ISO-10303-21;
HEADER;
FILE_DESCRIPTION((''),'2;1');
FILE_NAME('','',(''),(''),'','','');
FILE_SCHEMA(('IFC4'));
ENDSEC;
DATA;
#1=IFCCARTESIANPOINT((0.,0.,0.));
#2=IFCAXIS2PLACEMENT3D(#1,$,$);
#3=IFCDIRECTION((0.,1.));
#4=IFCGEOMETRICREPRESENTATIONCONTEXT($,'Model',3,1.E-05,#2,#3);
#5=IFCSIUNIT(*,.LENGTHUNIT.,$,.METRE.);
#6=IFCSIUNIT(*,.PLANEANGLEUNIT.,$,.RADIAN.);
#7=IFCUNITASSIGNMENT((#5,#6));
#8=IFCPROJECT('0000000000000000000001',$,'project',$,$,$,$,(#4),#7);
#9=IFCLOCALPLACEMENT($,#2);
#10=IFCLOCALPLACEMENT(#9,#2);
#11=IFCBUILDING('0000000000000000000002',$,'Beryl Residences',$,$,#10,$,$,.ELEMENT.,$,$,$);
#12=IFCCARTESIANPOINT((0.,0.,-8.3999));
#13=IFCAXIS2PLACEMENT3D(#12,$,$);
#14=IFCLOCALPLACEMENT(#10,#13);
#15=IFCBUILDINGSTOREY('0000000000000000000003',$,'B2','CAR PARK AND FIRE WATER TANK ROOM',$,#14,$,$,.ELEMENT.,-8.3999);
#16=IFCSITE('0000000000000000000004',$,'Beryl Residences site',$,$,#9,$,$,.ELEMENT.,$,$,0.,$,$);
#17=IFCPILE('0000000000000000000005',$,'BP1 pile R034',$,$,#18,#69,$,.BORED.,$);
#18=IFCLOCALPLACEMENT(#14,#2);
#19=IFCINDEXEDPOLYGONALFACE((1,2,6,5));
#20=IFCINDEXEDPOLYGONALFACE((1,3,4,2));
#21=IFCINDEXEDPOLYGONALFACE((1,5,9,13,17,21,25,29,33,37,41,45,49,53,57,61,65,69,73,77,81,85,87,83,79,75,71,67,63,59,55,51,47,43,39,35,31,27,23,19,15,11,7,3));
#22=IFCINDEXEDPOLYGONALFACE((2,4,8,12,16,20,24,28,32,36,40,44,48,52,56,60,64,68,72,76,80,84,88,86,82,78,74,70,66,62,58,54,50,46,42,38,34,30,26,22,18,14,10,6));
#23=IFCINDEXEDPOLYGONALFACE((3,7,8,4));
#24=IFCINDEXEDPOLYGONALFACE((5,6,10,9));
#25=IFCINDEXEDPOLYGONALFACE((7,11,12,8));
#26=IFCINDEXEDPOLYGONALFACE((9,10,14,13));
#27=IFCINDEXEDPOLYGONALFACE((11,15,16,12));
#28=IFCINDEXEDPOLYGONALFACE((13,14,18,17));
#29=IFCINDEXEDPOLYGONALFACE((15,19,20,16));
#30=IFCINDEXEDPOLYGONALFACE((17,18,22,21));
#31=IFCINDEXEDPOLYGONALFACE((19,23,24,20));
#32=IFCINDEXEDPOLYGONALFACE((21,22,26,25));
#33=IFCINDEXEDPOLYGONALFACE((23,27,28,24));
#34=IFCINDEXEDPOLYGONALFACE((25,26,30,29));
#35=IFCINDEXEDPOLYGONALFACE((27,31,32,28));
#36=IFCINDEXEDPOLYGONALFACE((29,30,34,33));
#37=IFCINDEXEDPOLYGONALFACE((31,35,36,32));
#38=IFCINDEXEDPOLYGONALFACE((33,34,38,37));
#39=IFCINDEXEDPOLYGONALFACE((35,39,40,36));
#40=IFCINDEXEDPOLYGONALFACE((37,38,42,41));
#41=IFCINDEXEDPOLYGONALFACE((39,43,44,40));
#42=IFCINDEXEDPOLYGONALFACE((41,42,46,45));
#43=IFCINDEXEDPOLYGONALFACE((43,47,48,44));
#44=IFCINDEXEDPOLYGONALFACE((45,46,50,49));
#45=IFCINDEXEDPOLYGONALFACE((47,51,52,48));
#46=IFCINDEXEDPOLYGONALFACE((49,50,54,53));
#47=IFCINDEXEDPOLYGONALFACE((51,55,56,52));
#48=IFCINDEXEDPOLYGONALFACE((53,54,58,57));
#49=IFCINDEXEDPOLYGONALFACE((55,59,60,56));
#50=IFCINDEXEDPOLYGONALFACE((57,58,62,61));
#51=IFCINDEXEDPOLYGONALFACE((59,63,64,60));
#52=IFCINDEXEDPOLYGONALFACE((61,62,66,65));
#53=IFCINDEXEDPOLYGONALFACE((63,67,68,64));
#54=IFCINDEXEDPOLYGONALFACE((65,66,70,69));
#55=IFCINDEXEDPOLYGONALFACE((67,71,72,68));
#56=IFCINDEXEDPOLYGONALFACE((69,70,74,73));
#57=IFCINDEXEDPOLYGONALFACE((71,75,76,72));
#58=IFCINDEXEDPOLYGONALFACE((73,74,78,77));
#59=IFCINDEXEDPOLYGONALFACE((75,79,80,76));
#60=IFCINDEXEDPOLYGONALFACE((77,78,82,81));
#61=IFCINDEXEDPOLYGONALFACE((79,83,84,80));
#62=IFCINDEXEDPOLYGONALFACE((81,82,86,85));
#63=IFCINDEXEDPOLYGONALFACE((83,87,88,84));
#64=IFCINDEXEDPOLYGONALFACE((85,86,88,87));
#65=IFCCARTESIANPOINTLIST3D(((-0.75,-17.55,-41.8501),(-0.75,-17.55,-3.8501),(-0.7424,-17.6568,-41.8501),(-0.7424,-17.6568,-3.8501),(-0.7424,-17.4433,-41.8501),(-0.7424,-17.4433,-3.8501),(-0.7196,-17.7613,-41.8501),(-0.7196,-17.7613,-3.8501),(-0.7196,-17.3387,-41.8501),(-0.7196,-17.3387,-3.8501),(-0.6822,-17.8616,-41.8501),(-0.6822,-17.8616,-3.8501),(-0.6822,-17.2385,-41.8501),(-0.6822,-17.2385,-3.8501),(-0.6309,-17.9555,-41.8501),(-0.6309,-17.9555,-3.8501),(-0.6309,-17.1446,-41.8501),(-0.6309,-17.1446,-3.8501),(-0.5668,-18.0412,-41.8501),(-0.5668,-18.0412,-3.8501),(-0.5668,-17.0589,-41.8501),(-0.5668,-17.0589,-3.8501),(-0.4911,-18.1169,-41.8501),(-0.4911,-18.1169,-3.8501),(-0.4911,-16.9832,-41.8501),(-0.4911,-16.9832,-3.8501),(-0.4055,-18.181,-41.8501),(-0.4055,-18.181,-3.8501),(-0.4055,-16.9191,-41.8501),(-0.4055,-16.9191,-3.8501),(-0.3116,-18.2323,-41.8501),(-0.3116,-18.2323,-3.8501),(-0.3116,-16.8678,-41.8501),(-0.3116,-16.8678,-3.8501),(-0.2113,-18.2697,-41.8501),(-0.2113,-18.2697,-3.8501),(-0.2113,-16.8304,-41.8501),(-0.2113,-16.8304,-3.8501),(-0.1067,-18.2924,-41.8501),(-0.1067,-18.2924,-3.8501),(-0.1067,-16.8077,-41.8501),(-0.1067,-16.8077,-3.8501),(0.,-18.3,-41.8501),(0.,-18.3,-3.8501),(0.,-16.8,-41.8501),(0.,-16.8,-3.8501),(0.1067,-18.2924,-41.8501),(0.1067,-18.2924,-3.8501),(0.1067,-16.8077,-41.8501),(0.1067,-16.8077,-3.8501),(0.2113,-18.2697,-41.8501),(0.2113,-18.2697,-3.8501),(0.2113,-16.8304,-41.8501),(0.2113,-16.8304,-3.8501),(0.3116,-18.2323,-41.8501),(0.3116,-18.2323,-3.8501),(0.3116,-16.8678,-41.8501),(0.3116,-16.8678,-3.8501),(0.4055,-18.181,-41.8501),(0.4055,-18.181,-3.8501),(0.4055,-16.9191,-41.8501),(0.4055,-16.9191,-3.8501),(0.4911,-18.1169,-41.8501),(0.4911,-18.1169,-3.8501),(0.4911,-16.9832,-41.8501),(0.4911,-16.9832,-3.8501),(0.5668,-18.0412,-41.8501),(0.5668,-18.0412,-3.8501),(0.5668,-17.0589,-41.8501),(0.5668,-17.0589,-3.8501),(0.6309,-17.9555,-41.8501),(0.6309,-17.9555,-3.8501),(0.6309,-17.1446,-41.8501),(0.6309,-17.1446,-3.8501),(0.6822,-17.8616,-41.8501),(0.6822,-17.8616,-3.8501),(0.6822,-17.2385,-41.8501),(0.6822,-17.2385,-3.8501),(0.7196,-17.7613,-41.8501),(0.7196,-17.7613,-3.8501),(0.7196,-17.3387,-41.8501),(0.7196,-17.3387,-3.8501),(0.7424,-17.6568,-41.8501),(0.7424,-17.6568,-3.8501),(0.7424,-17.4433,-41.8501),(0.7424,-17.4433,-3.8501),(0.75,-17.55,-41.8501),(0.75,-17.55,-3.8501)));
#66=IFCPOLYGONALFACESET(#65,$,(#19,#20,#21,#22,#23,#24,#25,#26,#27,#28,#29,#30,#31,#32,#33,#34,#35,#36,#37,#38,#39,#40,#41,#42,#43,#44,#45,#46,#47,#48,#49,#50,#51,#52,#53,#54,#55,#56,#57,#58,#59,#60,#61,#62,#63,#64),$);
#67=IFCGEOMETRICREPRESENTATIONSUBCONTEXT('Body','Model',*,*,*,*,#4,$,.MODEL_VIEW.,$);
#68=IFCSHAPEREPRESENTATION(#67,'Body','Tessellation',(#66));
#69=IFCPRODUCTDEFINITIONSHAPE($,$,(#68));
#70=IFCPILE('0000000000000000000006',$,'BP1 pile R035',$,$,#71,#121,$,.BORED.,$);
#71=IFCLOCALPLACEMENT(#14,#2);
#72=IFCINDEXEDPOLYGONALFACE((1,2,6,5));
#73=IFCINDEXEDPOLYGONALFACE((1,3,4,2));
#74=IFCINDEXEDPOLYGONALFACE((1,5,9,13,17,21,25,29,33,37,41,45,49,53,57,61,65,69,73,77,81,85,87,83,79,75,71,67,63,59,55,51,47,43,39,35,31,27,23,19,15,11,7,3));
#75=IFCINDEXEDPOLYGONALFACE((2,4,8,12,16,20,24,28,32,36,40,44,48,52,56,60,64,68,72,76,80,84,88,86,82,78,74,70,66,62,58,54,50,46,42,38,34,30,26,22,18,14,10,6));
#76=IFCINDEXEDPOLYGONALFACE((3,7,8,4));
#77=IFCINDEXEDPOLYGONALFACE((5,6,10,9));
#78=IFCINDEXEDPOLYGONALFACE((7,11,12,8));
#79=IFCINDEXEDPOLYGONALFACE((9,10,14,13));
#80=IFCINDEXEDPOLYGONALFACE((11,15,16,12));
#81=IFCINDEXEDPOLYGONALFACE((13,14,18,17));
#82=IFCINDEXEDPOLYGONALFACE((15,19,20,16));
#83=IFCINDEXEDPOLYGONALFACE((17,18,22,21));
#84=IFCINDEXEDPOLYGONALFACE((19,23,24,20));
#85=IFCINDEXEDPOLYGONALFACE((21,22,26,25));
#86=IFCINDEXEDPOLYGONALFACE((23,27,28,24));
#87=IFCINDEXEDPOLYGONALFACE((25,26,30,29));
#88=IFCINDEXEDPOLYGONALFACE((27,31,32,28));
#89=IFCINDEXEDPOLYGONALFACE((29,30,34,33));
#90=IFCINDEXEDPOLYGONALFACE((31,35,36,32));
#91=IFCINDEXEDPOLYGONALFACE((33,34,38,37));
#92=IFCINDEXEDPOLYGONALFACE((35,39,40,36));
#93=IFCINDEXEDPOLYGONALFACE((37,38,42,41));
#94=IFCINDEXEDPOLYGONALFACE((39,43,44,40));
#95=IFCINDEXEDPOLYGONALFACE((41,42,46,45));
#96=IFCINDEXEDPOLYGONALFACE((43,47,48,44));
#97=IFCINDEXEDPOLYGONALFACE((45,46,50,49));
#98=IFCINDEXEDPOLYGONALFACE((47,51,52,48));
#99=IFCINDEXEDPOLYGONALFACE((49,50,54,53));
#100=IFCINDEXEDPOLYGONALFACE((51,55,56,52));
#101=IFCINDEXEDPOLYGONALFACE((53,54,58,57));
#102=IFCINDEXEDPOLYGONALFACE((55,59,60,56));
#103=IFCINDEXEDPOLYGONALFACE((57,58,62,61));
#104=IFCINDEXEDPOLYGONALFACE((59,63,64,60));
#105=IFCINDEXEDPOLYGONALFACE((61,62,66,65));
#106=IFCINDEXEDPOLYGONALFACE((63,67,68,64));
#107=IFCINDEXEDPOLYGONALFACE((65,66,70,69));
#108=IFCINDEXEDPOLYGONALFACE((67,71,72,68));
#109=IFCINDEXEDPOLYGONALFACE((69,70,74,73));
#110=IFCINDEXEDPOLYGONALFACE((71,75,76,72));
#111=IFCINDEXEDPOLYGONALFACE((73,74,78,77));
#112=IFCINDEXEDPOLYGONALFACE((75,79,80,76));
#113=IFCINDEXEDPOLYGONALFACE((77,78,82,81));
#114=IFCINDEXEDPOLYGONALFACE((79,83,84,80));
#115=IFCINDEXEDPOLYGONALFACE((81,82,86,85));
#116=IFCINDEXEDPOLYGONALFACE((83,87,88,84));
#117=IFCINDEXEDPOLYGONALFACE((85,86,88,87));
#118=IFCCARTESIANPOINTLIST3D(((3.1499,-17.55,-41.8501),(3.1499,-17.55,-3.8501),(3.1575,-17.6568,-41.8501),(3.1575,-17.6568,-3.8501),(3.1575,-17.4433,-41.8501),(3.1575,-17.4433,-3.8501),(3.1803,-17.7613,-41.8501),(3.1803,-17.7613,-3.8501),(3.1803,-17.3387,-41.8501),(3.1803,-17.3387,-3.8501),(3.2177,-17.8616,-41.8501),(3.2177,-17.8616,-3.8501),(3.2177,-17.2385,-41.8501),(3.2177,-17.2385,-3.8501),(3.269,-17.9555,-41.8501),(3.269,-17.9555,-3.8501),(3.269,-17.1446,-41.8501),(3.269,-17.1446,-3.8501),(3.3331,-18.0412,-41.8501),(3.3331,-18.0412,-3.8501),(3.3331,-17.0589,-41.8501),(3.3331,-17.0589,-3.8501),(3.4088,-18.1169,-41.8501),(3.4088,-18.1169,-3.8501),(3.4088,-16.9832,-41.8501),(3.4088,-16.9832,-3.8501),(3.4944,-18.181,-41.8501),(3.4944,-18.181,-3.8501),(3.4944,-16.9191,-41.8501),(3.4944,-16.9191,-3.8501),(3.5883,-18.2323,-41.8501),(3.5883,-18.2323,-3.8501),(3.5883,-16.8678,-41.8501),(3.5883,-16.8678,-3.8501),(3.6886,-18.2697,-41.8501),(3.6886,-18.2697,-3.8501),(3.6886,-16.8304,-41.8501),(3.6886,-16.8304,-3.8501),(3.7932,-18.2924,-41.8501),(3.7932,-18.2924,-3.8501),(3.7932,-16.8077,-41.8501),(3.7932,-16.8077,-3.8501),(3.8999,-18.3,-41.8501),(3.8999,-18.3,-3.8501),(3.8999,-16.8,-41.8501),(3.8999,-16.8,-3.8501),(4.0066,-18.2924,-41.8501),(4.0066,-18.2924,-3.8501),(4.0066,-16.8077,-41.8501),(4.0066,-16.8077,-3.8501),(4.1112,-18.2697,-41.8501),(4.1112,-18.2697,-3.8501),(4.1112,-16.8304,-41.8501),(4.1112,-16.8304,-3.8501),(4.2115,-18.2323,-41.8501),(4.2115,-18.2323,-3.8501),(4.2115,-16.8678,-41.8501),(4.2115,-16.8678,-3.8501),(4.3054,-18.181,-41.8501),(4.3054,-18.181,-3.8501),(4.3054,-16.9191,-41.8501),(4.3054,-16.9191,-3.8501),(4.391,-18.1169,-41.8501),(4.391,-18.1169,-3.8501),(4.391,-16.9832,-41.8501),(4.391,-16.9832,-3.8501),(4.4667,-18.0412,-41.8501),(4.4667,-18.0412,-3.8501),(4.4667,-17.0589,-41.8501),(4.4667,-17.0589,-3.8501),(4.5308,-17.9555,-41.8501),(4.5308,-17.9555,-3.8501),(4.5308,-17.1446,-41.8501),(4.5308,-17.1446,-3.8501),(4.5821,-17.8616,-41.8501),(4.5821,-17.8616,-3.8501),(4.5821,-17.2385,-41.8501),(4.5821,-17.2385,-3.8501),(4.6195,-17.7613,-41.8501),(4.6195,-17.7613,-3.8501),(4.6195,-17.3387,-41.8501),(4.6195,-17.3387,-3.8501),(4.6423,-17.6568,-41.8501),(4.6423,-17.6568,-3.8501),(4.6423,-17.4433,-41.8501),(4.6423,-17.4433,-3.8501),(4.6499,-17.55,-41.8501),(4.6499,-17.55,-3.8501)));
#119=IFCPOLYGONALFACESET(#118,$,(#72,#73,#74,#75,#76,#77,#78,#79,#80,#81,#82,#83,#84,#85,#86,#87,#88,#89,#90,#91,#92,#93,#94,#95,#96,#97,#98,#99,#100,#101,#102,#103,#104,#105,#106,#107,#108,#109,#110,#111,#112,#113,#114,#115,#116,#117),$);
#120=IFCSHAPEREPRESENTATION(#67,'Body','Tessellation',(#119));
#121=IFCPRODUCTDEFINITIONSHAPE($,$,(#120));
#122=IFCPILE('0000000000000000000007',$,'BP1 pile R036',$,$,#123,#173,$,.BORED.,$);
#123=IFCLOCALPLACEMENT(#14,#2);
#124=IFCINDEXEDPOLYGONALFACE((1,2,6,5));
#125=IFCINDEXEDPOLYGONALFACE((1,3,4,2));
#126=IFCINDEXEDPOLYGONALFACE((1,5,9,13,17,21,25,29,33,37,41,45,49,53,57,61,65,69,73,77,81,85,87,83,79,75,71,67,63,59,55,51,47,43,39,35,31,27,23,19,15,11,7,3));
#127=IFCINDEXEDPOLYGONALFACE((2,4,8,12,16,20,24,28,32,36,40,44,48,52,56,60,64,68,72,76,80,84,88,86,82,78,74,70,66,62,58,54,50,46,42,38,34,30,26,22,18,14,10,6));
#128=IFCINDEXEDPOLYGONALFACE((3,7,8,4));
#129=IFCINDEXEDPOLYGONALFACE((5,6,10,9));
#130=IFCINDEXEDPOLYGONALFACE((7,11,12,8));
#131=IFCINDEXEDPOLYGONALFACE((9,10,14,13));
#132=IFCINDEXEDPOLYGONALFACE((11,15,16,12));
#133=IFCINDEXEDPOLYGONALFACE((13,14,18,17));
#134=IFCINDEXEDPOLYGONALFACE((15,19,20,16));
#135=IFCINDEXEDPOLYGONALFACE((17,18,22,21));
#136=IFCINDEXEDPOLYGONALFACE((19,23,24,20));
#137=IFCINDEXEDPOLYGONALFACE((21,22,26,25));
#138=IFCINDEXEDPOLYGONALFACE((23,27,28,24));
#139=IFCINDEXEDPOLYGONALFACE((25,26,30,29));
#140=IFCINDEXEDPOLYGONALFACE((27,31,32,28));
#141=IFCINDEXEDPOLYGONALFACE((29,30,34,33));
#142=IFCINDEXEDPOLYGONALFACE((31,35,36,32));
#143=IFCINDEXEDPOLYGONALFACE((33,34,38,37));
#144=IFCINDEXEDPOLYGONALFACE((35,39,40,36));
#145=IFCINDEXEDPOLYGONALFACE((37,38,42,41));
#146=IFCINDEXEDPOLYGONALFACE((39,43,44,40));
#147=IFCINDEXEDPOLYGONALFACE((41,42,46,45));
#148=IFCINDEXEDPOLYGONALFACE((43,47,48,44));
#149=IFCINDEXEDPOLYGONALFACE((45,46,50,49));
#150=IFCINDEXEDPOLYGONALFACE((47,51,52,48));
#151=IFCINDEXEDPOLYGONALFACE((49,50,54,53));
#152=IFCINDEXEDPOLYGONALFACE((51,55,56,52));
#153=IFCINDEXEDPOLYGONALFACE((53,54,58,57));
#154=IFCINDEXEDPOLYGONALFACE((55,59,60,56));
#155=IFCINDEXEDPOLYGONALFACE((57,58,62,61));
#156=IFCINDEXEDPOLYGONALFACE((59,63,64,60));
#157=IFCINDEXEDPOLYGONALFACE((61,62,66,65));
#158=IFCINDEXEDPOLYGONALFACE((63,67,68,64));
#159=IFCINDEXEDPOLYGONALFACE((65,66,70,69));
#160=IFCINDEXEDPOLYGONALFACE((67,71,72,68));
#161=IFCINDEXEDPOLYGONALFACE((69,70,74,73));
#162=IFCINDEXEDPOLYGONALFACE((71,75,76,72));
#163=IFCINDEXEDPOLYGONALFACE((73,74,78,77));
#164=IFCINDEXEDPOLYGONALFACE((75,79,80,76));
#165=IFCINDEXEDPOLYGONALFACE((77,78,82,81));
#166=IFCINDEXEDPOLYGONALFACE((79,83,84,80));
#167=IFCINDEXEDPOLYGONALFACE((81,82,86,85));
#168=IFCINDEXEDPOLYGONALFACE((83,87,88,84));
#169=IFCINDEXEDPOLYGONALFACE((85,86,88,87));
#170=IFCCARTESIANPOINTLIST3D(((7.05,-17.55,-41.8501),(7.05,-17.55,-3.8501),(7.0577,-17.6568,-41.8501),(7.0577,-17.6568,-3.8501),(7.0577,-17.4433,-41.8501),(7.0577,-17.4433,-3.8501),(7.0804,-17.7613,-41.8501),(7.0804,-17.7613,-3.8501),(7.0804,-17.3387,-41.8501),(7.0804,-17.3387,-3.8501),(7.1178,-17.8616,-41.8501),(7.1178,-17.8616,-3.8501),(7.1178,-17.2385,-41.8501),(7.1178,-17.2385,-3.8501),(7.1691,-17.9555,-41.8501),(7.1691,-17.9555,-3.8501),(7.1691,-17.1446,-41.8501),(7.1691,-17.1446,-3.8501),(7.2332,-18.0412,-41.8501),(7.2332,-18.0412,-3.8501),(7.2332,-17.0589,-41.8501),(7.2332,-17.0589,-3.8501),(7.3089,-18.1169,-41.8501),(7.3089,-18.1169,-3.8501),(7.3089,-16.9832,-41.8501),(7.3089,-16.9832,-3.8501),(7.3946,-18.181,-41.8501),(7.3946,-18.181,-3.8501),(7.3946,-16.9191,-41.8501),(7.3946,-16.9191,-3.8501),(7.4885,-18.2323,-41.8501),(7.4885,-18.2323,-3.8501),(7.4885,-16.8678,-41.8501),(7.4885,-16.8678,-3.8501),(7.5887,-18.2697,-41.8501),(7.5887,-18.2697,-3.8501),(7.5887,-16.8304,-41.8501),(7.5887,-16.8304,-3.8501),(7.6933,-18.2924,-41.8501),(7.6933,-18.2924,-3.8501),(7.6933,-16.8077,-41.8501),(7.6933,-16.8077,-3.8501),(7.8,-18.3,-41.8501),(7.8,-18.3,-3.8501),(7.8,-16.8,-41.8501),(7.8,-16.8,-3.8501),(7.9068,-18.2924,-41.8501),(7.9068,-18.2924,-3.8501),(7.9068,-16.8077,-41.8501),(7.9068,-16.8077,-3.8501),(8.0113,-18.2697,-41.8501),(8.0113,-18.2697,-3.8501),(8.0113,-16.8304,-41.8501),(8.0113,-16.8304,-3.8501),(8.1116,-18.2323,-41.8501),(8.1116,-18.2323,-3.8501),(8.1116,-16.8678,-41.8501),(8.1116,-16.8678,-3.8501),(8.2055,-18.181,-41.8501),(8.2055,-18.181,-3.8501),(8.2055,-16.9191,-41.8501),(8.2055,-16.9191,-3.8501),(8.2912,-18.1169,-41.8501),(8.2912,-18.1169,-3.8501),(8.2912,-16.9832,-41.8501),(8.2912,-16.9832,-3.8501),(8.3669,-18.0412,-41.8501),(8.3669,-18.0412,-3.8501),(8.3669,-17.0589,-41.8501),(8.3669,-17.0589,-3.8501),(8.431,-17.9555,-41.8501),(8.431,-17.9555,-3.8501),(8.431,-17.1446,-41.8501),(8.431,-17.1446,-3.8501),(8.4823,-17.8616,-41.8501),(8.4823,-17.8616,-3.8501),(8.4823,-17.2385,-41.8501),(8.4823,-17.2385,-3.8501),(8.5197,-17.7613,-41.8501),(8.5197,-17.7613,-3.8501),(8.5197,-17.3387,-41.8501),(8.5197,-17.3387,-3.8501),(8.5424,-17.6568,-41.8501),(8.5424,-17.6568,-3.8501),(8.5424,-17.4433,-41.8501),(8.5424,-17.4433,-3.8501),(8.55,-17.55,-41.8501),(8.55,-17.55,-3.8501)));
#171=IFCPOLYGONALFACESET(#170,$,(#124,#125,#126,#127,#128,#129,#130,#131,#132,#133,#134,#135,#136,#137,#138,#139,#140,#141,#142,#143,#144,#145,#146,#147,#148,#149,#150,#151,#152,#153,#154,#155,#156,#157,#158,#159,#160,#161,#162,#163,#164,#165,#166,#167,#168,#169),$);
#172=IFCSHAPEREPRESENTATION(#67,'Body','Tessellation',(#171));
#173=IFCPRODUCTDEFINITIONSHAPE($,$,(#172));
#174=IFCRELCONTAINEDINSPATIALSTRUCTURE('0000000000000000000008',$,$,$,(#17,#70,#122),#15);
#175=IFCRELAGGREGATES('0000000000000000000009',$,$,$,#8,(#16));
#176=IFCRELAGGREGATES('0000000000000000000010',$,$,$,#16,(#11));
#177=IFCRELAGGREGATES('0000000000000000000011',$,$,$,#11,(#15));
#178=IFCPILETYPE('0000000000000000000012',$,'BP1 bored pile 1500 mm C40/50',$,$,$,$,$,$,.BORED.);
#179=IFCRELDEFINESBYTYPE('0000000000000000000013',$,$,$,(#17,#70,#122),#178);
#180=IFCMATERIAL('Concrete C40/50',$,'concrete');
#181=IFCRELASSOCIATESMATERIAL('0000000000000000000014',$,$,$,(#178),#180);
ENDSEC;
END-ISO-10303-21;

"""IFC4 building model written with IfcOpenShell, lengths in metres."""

from ifc_helpers import new_model, si_unit, direction, frame, origin, origin_2d, place, context, subcontext, project, spatial, circle, extrude, material, material_profile, profile_set, type_object, element, save


model = new_model("IFC4")

# Units and contexts
model_context = context("Model", 3, precision=1e-05, world=origin(), true_north=direction((0.0, 1.0)))
body_context = subcontext(model_context, "Body", "Model", "MODEL_VIEW")
ifc_project = project(units=[si_unit("LENGTHUNIT", "METRE"), si_unit("PLANEANGLEUNIT", "RADIAN")], contexts=[model_context])

# Site, building, storey
site_placement = place(None, origin())
site = spatial("IfcSite", under=ifc_project, at=site_placement, Name="Beryl Residences site", CompositionType="ELEMENT", RefElevation=0.0)
building_placement = place(site_placement, origin())
building = spatial("IfcBuilding", under=site, at=building_placement, Name="Beryl Residences", CompositionType="ELEMENT")
storey_placement = place(building_placement, frame((0.0, 0.0, -8.3999)))
storey = spatial("IfcBuildingStorey", under=building, at=storey_placement, Name="B2", Description="CAR PARK AND FIRE WATER TANK ROOM", CompositionType="ELEMENT", Elevation=-8.3999)

# Piles
ifc_material_1 = material(Name="Concrete C40/50", Category="concrete")
ifc_material_profile_1 = material_profile(ifc_material_1, circle(Radius=0.75, at=origin_2d()))
ifc_profile_set_1 = profile_set([ifc_material_profile_1], Name="Concrete C40/50")
pile_type = type_object("IfcPileType", Name="BP1 bored pile 1500 mm C40/50", PredefinedType="BORED", material=ifc_profile_set_1)
for number, where, z_axis, x_axis, name in (
    (1, (0.0, -17.55, -3.8501), (0.0, 0.0, -1.0), (1.0, 0.0, 0.0), "BP1 pile R034"),
    (2, (3.8999, -17.55, -3.8501), (0.0, 0.0, -1.0), (1.0, 0.0, 0.0), "BP1 pile R035"),
    (3, (7.8, -17.55, -3.8501), (0.0, 0.0, -1.0), (1.0, 0.0, 0.0), "BP1 pile R036"),
):
    element("IfcPile", number, at=place(storey_placement, frame(where, z_axis=z_axis, x_axis=x_axis)), inside=storey, type_object=pile_type, Name=name, PredefinedType="BORED", context=body_context, shape_type="SweptSolid", body=[
        extrude(circle(Radius=0.75, at=origin_2d()), origin(), (0.0, 0.0, 1.0), 38.0),
    ])

save(model, "model.ifc")
